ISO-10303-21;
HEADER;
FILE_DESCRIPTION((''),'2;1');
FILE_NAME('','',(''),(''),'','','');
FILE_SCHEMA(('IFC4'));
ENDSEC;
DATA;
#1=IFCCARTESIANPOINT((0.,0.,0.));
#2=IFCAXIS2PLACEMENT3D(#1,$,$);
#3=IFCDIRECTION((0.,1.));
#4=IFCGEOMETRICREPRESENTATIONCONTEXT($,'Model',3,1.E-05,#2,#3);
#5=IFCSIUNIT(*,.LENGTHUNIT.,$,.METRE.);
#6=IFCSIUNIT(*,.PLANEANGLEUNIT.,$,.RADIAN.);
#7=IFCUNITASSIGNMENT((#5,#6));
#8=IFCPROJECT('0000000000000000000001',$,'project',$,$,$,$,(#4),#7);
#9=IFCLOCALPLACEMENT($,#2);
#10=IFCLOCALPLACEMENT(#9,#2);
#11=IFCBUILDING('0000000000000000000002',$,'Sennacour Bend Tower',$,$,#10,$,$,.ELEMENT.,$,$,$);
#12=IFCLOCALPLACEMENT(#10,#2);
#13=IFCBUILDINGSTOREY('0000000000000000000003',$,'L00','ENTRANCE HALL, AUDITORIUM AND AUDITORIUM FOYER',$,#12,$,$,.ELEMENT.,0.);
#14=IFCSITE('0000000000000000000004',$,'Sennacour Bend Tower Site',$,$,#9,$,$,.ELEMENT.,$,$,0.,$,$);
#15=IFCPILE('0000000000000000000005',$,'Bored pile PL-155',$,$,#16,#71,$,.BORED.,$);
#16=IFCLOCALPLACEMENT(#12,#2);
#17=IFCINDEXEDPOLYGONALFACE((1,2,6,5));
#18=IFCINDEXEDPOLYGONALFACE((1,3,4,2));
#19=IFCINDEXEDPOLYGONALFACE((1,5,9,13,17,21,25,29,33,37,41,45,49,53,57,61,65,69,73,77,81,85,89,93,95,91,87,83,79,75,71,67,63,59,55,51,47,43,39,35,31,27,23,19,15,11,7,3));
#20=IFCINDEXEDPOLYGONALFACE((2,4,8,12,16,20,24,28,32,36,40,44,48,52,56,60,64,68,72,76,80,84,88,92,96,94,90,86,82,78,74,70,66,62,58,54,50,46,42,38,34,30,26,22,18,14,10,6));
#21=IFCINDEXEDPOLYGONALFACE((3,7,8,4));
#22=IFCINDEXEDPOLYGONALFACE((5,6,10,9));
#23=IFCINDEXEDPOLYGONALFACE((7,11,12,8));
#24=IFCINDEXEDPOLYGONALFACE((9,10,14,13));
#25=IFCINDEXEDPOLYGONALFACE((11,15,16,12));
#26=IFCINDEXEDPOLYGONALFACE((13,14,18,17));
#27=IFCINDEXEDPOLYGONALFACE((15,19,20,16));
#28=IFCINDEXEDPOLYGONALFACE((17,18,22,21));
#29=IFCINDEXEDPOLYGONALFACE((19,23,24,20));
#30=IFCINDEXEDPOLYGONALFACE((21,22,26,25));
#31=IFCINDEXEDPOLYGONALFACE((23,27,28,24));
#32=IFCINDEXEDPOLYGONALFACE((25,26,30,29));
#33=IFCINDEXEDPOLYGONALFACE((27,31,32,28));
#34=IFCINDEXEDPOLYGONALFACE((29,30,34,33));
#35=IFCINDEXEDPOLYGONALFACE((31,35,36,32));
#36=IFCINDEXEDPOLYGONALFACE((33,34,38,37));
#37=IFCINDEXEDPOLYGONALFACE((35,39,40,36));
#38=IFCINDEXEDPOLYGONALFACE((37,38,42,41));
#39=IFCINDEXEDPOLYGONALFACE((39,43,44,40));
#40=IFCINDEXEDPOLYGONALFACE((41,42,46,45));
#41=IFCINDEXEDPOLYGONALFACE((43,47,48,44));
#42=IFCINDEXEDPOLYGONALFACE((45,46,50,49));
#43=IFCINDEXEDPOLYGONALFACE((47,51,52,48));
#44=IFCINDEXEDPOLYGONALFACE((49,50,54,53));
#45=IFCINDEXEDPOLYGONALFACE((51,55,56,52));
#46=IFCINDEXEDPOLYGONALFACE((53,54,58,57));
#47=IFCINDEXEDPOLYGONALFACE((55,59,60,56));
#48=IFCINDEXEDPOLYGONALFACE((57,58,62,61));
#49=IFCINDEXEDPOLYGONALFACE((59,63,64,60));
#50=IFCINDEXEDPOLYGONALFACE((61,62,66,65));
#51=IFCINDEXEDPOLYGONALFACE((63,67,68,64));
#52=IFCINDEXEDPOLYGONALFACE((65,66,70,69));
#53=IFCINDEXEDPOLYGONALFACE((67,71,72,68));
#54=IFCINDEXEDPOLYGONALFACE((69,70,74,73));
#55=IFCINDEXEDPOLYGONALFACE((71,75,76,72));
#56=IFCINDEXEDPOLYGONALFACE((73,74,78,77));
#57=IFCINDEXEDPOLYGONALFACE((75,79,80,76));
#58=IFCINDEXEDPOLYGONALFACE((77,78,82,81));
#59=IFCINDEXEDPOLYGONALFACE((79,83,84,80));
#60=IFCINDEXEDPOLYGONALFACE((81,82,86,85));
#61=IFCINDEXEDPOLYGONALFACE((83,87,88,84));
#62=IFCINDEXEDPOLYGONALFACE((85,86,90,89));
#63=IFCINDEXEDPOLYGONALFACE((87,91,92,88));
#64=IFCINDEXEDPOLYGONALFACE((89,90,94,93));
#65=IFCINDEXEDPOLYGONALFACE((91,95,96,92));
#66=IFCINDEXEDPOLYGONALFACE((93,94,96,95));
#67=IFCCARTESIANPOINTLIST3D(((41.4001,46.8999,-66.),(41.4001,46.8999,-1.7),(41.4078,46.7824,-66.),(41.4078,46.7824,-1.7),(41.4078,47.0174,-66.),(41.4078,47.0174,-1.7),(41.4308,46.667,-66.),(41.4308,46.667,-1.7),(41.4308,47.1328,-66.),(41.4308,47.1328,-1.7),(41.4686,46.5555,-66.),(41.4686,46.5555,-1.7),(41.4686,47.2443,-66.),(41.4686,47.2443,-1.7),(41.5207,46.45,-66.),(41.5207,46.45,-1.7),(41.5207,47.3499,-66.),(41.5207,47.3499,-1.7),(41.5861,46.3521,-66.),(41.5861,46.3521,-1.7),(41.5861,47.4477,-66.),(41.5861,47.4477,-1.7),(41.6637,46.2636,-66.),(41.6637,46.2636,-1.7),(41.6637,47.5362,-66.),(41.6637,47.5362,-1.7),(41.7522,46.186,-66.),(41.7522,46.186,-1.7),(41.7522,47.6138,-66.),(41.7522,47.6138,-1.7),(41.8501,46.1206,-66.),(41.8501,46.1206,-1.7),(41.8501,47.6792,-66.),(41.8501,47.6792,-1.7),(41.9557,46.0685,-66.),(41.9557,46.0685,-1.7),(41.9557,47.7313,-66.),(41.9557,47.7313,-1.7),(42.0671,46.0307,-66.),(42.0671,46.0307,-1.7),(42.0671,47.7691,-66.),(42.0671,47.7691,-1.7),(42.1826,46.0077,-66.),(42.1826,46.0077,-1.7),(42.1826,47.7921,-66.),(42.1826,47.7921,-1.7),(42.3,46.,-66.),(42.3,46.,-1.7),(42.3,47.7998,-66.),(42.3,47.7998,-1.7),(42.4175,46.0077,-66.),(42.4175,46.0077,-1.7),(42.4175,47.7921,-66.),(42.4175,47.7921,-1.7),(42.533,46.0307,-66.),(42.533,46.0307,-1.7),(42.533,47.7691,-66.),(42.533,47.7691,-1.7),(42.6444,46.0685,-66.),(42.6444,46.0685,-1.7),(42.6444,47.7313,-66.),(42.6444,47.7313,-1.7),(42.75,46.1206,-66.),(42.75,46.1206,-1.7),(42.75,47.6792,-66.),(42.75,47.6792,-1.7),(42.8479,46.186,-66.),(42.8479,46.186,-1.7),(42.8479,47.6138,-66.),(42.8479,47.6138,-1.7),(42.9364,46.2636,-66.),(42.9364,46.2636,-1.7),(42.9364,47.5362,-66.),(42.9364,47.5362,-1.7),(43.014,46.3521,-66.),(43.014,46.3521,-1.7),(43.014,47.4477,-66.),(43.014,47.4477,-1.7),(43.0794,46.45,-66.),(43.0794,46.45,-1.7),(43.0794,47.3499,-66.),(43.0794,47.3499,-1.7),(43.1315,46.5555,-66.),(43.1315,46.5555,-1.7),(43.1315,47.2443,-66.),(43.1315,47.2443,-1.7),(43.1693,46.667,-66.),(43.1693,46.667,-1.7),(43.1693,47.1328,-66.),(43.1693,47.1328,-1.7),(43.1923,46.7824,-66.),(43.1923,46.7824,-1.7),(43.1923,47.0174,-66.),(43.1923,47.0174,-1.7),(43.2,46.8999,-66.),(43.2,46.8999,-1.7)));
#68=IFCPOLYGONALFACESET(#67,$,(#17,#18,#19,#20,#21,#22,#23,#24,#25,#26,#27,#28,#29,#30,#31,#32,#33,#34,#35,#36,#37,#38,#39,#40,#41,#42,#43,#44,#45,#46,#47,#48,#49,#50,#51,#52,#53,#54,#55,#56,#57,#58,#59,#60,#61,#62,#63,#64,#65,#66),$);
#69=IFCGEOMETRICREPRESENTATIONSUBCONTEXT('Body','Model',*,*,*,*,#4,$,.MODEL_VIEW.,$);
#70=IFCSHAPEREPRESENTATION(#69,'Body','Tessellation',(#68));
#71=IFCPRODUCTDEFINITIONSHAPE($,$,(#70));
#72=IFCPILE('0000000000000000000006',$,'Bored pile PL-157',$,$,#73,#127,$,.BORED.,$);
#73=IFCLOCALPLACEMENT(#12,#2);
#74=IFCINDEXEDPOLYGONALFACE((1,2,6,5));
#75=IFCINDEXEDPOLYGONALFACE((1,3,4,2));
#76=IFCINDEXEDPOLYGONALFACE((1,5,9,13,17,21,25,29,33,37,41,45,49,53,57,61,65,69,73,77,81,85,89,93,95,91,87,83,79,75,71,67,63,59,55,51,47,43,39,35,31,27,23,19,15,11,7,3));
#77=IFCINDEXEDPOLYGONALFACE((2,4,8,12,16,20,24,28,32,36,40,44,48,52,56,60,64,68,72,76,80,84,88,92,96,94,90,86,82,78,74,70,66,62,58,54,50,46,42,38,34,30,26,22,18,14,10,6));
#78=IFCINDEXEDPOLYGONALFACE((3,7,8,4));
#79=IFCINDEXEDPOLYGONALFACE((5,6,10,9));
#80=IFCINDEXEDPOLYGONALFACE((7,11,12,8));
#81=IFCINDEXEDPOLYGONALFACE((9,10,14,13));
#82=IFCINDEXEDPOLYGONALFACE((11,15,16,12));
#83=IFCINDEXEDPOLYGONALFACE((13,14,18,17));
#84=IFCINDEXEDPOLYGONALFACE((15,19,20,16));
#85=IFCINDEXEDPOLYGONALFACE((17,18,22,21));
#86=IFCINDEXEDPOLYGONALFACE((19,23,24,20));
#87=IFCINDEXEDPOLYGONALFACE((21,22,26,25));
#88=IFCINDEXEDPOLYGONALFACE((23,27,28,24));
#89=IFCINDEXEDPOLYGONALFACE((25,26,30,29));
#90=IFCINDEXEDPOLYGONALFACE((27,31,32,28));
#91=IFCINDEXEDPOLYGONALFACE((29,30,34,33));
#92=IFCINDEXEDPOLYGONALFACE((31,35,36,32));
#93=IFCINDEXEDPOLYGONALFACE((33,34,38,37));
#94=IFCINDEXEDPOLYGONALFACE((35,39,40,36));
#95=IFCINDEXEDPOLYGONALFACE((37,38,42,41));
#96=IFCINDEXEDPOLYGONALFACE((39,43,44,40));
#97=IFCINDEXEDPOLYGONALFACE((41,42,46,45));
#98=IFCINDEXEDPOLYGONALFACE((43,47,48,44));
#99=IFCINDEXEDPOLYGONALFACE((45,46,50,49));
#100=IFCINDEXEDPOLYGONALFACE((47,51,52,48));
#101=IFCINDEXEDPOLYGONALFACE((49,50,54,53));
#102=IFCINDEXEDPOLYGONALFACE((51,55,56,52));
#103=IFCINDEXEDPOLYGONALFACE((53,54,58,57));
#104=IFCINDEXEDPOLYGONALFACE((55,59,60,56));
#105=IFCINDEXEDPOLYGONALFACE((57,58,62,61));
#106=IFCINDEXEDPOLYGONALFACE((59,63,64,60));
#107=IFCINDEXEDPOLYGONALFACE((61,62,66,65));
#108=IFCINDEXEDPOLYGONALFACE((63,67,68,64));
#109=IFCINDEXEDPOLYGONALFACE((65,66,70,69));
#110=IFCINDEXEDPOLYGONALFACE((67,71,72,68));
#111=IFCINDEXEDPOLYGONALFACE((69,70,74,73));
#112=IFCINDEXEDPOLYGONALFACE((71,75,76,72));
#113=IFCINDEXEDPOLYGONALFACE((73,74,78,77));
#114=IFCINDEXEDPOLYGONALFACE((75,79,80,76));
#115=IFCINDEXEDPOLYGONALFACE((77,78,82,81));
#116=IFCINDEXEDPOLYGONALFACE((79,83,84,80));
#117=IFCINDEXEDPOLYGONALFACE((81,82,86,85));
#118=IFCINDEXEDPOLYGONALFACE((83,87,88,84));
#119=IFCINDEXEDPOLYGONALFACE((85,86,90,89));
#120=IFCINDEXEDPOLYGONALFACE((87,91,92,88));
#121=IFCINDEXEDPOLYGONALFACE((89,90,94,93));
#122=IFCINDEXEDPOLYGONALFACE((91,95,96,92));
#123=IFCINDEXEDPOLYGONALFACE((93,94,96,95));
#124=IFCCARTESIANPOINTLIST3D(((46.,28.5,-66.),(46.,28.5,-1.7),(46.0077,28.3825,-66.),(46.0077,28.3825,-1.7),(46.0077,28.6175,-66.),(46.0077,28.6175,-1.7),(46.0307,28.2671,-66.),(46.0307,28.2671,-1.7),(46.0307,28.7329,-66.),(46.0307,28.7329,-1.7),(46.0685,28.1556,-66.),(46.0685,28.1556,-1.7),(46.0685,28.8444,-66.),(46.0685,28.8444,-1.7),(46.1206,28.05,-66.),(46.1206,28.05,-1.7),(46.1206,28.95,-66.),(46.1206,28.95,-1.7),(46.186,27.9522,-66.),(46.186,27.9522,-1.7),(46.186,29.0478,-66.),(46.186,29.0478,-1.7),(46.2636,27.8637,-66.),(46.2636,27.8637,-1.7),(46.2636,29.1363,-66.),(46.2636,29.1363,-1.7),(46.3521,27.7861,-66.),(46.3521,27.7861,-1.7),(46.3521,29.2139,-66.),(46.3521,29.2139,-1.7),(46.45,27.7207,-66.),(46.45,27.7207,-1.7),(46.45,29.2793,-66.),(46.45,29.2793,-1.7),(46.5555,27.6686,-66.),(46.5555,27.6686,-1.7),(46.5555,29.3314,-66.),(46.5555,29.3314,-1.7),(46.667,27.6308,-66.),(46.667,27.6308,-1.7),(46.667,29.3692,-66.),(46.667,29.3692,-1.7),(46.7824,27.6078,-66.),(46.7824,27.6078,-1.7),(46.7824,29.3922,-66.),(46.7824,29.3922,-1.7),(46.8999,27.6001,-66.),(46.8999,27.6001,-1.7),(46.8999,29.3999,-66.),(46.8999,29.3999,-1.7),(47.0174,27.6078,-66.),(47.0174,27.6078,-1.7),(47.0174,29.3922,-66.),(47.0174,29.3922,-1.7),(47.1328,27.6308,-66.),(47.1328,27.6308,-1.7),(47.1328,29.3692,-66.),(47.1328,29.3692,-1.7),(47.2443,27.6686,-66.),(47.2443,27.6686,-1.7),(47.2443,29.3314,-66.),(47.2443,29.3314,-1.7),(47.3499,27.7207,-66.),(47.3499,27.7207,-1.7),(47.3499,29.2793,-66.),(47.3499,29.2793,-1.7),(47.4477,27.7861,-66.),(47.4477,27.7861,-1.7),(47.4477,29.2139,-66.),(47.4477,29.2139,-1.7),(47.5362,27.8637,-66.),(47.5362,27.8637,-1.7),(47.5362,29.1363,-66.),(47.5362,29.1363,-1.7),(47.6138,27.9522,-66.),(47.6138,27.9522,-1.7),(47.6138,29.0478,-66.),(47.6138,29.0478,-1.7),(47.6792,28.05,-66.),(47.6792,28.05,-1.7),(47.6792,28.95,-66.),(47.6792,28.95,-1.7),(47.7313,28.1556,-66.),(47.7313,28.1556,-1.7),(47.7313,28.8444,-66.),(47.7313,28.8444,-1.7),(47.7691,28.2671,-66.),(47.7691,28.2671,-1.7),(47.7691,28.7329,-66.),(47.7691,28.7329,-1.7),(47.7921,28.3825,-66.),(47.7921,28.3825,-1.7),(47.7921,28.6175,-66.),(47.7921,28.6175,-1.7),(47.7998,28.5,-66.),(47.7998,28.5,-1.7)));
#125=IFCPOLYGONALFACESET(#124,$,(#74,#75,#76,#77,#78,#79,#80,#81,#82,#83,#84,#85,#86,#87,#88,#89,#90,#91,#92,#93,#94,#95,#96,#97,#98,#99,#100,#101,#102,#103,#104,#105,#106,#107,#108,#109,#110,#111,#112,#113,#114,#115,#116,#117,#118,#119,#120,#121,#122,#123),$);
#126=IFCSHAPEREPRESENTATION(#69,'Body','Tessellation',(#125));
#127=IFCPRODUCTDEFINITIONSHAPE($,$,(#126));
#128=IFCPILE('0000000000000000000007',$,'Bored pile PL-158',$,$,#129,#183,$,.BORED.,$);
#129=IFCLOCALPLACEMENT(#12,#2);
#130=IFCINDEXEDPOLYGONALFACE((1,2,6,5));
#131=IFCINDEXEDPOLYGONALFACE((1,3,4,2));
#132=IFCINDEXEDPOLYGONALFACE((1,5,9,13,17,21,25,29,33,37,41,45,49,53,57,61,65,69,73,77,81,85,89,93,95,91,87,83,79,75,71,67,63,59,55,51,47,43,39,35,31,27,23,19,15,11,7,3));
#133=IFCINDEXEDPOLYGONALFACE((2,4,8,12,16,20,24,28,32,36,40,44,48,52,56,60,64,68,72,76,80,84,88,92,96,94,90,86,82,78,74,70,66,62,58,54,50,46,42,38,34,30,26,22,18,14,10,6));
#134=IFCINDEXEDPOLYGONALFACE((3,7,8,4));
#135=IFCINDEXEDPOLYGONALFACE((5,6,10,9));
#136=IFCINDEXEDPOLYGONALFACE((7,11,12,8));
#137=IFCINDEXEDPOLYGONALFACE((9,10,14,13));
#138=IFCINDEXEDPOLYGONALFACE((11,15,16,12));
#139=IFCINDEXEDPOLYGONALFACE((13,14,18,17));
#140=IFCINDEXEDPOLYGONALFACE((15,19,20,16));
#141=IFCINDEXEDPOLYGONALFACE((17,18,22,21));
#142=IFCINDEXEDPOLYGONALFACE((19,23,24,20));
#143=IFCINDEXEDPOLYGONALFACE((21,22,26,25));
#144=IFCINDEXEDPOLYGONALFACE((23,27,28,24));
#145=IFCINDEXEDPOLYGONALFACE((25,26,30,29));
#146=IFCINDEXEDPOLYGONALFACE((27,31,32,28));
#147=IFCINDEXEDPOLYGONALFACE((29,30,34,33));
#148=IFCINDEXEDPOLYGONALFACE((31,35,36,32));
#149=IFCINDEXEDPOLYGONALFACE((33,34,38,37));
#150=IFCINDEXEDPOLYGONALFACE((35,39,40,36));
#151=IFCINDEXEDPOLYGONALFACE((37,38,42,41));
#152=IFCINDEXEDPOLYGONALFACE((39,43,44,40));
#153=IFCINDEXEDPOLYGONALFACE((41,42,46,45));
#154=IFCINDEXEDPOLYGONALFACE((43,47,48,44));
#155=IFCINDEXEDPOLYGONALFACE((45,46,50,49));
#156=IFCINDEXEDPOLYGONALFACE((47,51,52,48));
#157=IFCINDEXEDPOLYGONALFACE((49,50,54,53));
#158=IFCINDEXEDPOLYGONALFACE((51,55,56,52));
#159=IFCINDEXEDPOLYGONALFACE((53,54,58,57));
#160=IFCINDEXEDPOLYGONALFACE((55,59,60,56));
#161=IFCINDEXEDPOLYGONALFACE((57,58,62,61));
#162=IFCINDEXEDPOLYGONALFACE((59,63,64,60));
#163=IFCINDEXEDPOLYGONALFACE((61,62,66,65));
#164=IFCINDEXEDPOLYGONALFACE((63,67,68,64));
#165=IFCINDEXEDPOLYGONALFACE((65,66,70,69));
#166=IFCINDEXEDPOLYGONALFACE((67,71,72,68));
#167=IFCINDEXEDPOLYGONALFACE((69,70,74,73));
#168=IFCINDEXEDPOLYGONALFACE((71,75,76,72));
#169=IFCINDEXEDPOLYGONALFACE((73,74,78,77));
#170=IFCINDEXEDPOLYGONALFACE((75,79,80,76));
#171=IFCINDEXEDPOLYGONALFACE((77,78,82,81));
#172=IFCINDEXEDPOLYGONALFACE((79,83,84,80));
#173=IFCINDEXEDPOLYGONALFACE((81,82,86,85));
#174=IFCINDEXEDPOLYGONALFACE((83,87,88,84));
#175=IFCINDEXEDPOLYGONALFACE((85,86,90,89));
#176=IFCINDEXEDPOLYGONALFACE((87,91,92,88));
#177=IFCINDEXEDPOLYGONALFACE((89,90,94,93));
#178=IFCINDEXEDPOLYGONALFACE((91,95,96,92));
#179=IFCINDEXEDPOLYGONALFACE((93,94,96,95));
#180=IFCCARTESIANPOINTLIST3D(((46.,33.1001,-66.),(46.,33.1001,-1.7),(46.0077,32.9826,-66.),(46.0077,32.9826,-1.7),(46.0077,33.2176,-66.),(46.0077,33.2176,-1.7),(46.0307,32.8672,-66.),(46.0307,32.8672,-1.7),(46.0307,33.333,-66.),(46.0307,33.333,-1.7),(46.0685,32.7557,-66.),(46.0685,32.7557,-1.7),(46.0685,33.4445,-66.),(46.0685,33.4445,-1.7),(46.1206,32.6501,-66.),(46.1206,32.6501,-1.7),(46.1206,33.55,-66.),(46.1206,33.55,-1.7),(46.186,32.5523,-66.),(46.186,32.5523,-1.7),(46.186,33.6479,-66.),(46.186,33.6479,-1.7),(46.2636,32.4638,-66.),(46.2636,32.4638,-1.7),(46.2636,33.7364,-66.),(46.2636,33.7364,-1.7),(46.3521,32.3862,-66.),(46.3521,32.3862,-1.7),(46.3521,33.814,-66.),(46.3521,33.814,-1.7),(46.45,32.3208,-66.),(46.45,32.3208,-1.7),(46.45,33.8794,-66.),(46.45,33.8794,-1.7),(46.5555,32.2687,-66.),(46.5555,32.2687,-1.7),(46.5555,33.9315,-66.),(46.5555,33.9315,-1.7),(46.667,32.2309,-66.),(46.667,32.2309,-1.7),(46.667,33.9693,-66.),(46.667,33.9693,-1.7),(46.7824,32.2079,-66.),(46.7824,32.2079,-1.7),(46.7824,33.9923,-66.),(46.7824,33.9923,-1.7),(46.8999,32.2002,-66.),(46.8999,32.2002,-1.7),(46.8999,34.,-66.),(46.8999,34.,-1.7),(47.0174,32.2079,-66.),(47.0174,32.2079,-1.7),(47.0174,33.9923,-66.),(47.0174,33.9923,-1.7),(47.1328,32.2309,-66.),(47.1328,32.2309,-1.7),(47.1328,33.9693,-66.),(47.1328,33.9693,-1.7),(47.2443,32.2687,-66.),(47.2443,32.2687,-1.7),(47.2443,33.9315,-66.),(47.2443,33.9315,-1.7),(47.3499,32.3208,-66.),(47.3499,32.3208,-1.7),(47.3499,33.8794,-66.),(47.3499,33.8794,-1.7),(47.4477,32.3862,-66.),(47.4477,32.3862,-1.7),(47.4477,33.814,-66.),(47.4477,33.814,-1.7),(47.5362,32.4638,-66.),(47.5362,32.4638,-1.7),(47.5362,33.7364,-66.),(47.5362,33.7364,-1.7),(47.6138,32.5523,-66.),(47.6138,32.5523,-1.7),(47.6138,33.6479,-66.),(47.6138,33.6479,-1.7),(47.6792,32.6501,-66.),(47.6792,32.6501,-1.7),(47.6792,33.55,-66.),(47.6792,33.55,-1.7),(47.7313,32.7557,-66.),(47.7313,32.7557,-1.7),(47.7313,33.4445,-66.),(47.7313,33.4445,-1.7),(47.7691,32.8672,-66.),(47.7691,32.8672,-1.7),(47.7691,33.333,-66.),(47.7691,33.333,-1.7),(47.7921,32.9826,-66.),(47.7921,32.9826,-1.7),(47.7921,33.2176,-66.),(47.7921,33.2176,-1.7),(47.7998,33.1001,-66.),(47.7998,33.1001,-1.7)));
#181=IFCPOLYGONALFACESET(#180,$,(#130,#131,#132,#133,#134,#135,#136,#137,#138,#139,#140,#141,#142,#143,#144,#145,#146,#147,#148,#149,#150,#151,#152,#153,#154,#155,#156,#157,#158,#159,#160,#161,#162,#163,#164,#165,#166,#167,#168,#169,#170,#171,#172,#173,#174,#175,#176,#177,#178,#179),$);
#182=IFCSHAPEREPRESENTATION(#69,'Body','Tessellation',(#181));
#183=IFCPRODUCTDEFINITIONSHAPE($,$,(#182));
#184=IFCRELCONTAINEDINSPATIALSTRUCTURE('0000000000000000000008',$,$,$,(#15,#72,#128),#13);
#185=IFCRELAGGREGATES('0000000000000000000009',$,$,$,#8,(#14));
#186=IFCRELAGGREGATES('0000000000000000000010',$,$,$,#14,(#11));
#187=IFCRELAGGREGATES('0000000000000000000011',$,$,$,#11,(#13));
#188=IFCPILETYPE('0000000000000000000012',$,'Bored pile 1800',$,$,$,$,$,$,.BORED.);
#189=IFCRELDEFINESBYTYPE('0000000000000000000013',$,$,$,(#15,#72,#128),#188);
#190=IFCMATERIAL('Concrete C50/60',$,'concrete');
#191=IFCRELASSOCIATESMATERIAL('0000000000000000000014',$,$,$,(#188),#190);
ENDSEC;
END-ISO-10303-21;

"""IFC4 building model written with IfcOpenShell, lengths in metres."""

from ifc_helpers import new_model, si_unit, direction, frame, origin, origin_2d, place, context, subcontext, project, spatial, circle, extrude, material, material_profile, profile_set, type_object, element, save


model = new_model("IFC4")

# Units and contexts
model_context = context("Model", 3, precision=1e-05, world=origin(), true_north=direction((0.0, 1.0)))
body_context = subcontext(model_context, "Body", "Model", "MODEL_VIEW")
ifc_project = project(units=[si_unit("LENGTHUNIT", "METRE"), si_unit("PLANEANGLEUNIT", "RADIAN")], contexts=[model_context])

# Site, building, storey
site_placement = place(None, origin())
site = spatial("IfcSite", under=ifc_project, at=site_placement, Name="Sennacour Bend Tower Site", CompositionType="ELEMENT", RefElevation=0.0)
building_placement = place(site_placement, origin())
building = spatial("IfcBuilding", under=site, at=building_placement, Name="Sennacour Bend Tower", CompositionType="ELEMENT")
storey_placement = place(building_placement, origin())
storey = spatial("IfcBuildingStorey", under=building, at=storey_placement, Name="L00", Description="ENTRANCE HALL, AUDITORIUM AND AUDITORIUM FOYER", CompositionType="ELEMENT", Elevation=0.0)

# Piles
ifc_material_1 = material(Name="Concrete C50/60", Category="concrete")
ifc_material_profile_1 = material_profile(ifc_material_1, circle(Radius=0.8999, at=origin_2d()), Name="Concrete C50/60", Category="concrete")
ifc_profile_set_1 = profile_set([ifc_material_profile_1], Name="Concrete C50/60")
pile_type = type_object("IfcPileType", Name="Bored pile 1800", PredefinedType="BORED", material=ifc_profile_set_1)
for number, where, z_axis, x_axis, name in (
    (1, (42.3, 46.8999, -1.7), (0.0, 0.0, -1.0), (1.0, 0.0, 0.0), "Bored pile PL-155"),
    (2, (46.8999, 28.5, -1.7), (0.0, 0.0, -1.0), (1.0, 0.0, 0.0), "Bored pile PL-157"),
    (3, (46.8999, 33.1001, -1.7), (0.0, 0.0, -1.0), (1.0, 0.0, 0.0), "Bored pile PL-158"),
):
    element("IfcPile", number, at=place(storey_placement, frame(where, z_axis=z_axis, x_axis=x_axis)), inside=storey, type_object=pile_type, Name=name, PredefinedType="BORED", context=body_context, shape_type="SweptSolid", body=[
        extrude(circle(Radius=0.8999, at=origin_2d()), origin(), (0.0, 0.0, 1.0), 64.3),
    ])

save(model, "model.ifc")
